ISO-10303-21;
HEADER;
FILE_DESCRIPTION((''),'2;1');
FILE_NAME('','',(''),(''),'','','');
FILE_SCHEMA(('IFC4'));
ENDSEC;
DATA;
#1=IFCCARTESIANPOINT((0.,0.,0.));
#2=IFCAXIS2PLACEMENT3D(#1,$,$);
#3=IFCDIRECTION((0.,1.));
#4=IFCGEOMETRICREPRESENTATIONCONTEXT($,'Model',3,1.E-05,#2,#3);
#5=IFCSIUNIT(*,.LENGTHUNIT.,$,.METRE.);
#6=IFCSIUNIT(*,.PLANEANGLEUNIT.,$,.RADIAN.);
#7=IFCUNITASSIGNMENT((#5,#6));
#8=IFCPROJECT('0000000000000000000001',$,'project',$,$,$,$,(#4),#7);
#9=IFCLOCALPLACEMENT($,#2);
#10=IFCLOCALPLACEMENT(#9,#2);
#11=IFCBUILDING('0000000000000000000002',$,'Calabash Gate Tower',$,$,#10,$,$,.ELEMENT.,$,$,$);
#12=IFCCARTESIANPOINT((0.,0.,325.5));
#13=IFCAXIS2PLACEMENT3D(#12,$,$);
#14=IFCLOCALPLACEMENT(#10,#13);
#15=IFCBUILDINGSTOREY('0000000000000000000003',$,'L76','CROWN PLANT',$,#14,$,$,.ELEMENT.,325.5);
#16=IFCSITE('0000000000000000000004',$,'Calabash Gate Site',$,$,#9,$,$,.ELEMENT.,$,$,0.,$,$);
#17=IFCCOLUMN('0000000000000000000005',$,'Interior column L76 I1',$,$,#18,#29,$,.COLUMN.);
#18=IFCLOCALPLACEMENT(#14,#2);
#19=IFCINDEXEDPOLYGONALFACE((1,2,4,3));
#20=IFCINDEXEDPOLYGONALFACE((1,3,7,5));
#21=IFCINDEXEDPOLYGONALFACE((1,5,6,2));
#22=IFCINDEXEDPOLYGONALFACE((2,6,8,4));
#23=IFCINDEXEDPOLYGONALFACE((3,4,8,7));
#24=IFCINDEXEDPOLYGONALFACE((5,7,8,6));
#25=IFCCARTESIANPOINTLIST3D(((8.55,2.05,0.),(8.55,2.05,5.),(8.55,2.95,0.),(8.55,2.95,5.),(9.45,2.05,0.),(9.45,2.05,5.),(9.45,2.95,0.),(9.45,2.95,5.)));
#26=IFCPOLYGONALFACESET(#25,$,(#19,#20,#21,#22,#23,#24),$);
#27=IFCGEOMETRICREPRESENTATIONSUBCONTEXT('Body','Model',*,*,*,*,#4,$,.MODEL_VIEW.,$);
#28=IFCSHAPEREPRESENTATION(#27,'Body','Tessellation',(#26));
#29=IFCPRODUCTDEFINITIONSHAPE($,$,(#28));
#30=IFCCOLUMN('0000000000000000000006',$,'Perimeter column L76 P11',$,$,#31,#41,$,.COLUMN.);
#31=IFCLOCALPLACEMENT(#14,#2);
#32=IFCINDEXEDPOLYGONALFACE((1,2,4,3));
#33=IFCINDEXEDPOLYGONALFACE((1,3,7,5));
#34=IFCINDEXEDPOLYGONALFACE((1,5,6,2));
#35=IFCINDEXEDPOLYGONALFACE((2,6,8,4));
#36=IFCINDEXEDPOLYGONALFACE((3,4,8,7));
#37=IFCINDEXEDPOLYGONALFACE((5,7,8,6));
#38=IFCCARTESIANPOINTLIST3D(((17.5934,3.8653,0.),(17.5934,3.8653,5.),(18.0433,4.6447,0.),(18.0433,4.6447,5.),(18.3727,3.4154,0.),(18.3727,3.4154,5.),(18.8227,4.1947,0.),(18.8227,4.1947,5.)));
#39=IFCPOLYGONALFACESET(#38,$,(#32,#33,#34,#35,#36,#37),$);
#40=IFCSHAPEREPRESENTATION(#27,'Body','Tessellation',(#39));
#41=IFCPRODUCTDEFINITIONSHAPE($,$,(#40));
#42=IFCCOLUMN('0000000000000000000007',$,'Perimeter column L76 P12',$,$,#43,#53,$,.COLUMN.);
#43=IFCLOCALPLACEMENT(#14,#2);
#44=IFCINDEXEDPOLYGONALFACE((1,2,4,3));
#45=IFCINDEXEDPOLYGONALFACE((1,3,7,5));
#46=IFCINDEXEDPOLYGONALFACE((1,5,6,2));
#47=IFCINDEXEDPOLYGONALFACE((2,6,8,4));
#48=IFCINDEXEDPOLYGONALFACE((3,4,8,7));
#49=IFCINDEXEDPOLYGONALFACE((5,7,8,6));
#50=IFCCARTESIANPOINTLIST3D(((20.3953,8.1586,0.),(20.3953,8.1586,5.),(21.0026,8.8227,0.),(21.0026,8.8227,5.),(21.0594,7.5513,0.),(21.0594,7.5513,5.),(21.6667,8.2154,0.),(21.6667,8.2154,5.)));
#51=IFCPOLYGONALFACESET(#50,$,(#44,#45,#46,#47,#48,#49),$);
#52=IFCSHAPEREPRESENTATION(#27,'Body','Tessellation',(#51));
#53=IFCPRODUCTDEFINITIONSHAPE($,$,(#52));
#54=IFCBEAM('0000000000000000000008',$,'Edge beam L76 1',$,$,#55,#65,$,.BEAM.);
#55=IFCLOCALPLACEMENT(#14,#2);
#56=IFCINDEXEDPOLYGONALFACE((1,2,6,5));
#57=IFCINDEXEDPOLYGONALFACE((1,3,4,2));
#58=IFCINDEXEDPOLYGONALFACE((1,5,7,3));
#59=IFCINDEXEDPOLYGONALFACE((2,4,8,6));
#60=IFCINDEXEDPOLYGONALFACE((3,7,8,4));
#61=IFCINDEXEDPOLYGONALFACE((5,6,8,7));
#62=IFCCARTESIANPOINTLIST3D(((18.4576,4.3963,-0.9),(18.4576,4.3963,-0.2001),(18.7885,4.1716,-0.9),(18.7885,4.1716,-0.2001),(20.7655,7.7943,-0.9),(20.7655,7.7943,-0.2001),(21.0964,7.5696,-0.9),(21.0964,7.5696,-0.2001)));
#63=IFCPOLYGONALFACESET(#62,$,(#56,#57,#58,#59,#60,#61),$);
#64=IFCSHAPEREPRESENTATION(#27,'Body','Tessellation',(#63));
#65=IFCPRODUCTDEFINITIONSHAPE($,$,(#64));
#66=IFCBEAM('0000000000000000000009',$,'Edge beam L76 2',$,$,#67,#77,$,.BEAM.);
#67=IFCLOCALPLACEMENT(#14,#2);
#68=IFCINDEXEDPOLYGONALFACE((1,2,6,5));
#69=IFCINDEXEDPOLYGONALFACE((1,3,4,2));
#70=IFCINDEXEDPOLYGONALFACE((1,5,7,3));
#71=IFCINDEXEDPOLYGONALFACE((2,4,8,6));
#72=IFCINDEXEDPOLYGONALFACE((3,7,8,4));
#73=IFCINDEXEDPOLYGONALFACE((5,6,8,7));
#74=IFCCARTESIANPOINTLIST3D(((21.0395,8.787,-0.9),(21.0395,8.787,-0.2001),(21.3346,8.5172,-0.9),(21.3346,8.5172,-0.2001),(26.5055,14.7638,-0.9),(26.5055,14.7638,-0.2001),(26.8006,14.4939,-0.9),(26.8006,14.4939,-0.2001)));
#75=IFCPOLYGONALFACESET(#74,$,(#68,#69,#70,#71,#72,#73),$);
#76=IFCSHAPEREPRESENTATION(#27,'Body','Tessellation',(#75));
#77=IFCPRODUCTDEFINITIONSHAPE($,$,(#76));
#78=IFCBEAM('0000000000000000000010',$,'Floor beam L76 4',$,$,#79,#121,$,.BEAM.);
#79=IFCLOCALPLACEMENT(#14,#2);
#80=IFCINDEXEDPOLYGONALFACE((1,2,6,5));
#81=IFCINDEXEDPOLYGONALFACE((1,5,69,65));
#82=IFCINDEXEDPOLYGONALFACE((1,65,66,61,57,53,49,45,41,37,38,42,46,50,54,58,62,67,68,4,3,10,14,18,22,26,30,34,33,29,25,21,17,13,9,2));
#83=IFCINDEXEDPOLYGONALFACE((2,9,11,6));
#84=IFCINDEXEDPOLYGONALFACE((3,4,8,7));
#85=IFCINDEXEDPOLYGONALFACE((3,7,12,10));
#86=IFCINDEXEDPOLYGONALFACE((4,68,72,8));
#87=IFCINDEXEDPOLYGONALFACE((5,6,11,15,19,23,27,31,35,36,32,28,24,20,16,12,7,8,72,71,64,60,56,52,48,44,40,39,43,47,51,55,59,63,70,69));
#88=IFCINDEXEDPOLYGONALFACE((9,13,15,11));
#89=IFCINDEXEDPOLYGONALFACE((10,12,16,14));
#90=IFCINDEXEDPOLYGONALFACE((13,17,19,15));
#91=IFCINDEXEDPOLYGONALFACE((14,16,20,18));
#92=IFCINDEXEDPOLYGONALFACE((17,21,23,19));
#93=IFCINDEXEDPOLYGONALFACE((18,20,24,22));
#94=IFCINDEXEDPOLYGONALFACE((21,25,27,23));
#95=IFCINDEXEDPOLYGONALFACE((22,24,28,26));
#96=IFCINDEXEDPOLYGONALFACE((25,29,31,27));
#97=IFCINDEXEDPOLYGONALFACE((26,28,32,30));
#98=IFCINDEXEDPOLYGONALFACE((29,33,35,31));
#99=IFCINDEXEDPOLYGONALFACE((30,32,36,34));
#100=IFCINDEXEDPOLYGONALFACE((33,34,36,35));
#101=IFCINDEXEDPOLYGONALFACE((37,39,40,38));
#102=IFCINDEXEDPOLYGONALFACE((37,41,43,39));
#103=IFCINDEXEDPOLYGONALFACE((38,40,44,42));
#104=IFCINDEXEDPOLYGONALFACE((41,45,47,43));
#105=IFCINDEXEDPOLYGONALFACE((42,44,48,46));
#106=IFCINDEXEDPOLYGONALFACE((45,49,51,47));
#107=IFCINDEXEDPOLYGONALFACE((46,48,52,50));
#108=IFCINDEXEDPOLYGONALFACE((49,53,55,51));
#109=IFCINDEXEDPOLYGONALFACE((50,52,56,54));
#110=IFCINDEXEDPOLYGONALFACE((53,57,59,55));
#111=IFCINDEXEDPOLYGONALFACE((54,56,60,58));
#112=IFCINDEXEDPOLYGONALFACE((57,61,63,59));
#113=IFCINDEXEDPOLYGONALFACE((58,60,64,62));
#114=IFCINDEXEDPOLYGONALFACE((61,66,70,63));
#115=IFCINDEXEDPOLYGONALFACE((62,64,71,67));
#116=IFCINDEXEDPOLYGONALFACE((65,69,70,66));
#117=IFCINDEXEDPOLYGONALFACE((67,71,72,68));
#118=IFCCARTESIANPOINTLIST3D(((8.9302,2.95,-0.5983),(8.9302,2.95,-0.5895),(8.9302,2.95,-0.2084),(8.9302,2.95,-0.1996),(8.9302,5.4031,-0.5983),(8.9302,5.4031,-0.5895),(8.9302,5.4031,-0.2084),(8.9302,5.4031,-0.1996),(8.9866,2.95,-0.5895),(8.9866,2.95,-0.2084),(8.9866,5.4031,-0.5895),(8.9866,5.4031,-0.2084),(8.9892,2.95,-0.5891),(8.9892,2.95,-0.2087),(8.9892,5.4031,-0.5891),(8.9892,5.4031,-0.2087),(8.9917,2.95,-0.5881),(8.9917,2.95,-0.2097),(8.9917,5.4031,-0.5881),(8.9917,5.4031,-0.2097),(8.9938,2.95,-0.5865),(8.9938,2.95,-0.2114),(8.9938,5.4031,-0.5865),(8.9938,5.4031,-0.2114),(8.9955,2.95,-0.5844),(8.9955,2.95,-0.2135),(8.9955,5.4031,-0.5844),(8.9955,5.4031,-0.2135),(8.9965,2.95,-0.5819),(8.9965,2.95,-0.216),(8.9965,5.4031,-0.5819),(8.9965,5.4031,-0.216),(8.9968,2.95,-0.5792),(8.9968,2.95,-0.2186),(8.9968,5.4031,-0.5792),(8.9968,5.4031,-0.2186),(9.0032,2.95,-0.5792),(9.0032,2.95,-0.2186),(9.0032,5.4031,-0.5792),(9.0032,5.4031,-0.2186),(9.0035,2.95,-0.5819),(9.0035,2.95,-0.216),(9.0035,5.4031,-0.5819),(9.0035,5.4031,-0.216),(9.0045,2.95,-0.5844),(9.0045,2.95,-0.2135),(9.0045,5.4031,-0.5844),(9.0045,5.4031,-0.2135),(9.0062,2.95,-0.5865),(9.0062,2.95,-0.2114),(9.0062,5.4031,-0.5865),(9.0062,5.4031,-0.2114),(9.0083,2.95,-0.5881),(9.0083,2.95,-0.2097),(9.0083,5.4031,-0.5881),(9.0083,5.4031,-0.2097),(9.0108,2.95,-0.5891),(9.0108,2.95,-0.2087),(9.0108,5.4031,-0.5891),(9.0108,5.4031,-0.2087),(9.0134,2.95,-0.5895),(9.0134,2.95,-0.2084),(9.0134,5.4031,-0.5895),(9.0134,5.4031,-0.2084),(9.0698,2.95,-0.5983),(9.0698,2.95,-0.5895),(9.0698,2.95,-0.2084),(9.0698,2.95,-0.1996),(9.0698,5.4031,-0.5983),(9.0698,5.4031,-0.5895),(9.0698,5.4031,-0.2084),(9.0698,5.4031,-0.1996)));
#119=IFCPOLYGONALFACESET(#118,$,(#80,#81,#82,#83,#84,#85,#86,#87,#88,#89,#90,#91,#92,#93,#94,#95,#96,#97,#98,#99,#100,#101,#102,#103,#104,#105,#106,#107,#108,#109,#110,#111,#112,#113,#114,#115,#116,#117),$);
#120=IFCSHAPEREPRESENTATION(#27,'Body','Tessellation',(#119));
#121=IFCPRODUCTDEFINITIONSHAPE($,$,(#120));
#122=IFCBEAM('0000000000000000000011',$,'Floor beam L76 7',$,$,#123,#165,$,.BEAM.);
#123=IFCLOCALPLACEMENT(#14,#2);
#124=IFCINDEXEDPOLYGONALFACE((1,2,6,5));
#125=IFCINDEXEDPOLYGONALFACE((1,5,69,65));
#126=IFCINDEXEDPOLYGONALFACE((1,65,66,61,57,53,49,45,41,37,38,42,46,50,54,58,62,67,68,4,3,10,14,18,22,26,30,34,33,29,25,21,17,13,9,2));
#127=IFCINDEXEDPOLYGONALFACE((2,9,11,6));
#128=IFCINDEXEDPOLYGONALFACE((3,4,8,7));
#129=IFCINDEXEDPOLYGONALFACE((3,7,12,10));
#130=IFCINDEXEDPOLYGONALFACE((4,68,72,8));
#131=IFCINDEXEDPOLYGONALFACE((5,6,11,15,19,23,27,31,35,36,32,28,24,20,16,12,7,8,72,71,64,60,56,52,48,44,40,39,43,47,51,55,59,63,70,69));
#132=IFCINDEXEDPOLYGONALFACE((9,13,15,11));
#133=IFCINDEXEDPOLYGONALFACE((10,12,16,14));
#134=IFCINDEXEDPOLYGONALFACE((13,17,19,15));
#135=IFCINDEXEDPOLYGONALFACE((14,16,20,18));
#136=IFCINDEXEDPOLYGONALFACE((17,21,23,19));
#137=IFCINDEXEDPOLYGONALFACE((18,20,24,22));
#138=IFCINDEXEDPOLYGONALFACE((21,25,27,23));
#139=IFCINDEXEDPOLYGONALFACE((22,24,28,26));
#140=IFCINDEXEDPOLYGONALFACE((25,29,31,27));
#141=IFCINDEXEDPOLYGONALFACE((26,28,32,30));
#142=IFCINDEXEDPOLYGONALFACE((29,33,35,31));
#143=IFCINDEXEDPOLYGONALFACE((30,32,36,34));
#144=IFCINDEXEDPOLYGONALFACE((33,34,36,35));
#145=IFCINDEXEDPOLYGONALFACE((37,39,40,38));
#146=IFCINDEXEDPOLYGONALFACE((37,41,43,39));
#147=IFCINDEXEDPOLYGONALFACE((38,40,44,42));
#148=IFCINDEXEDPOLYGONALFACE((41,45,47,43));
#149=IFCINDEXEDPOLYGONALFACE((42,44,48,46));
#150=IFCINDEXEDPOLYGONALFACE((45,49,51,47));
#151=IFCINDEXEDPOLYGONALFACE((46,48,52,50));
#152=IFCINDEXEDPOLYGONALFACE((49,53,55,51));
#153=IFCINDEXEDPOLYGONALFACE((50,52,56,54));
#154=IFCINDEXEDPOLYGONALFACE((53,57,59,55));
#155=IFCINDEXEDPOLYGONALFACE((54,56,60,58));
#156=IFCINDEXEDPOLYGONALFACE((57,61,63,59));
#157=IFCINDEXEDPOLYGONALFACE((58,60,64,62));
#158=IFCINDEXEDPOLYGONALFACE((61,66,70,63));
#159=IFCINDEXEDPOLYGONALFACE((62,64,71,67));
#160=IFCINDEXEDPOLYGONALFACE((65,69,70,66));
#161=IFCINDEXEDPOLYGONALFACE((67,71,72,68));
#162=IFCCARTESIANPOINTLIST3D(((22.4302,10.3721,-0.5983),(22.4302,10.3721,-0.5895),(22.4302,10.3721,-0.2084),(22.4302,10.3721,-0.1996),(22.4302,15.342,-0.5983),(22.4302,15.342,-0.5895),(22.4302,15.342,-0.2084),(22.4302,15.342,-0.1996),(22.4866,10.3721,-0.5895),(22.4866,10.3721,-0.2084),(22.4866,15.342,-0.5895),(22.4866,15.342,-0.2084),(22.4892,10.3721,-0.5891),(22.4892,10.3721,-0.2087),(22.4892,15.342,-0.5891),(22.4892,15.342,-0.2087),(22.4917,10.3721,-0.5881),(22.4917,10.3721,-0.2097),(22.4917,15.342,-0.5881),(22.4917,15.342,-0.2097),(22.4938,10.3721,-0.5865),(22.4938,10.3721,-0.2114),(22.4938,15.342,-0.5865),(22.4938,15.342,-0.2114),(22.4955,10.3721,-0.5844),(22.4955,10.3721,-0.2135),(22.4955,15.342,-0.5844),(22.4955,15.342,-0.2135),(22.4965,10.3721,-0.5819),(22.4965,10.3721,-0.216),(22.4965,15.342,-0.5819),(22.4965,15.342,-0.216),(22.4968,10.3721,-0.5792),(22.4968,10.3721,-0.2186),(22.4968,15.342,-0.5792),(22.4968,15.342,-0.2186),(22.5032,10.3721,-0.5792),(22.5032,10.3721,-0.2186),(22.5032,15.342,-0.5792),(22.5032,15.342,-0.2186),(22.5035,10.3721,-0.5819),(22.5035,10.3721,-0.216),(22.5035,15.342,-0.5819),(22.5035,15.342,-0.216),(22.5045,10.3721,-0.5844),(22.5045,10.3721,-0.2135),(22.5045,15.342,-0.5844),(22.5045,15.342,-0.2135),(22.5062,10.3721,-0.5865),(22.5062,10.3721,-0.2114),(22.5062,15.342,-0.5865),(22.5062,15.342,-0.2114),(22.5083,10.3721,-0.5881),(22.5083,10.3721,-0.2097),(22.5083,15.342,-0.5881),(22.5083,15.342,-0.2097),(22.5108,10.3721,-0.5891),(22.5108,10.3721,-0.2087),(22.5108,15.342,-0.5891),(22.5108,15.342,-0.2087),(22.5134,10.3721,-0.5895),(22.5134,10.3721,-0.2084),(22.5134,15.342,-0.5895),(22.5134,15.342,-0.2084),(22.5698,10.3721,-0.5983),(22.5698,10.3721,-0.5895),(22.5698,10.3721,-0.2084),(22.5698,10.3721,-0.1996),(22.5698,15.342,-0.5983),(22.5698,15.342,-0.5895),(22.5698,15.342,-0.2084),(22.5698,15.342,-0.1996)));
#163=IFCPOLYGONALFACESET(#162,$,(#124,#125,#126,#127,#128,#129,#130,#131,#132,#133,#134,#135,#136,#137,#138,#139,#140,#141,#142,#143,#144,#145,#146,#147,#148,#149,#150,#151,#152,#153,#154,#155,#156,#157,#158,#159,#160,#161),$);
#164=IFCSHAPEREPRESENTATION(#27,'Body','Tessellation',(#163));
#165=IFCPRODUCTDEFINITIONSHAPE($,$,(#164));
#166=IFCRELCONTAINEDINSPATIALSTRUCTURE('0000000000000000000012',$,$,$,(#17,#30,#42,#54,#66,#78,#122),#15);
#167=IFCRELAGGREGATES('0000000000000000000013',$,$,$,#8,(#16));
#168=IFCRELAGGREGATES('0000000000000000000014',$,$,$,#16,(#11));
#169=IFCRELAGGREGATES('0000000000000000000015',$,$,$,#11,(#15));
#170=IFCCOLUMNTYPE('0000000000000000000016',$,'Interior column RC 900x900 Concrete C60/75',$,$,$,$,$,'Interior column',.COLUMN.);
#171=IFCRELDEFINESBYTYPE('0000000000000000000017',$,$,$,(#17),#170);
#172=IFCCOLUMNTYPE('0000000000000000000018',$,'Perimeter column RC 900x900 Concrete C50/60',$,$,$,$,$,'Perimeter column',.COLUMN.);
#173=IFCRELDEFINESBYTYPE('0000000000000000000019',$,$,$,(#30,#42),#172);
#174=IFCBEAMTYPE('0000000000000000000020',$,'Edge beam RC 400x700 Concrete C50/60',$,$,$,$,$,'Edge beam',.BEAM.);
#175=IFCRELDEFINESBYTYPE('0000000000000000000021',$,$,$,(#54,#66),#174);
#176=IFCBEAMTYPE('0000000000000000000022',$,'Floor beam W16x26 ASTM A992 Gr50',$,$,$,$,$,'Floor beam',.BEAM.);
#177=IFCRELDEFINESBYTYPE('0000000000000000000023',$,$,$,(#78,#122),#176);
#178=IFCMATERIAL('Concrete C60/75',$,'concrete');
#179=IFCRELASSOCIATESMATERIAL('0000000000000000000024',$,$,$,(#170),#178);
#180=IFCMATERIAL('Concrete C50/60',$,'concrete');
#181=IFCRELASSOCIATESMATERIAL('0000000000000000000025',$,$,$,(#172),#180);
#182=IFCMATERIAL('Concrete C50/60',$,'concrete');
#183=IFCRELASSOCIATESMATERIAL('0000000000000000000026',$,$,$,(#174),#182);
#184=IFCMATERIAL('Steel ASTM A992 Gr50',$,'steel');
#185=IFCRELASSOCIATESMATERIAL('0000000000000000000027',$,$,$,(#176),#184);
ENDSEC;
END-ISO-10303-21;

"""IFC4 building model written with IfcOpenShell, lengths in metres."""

from ifc_helpers import new_model, si_unit, direction, frame, origin, origin_2d, place, context, subcontext, project, spatial, rectangle, i_section, extrude, material, material_profile, profile_set, type_object, element, save


model = new_model("IFC4")

# Units and contexts
model_context = context("Model", 3, precision=1e-05, world=origin(), true_north=direction((0.0, 1.0)))
body_context = subcontext(model_context, "Body", "Model", "MODEL_VIEW")
ifc_project = project(units=[si_unit("LENGTHUNIT", "METRE"), si_unit("PLANEANGLEUNIT", "RADIAN")], contexts=[model_context])

# Site, building, storey
site_placement = place(None, origin())
site = spatial("IfcSite", under=ifc_project, at=site_placement, Name="Calabash Gate Site", CompositionType="ELEMENT", RefElevation=0.0)
building_placement = place(site_placement, origin())
building = spatial("IfcBuilding", under=site, at=building_placement, Name="Calabash Gate Tower", CompositionType="ELEMENT")
storey_placement = place(building_placement, frame((0.0, 0.0, 325.5)))
storey = spatial("IfcBuildingStorey", under=building, at=storey_placement, Name="L76", Description="CROWN PLANT", CompositionType="ELEMENT", Elevation=325.5)

# Columns
ifc_material_1 = material(Name="Concrete C60/75", Category="concrete")
ifc_material_profile_1 = material_profile(ifc_material_1, rectangle(XDim=0.8999, YDim=0.8999, at=origin_2d()))
ifc_profile_set_1 = profile_set([ifc_material_profile_1], Name="Concrete C60/75")
column_type_1 = type_object("IfcColumnType", Name="Interior column RC 900x900 Concrete C60/75", ElementType="Interior column", PredefinedType="COLUMN", material=ifc_profile_set_1)
column_placement = place(storey_placement, frame((9.0, 2.5, 0.0), z_axis=(0.0, 0.0, 1.0), x_axis=(1.0, 0.0, 0.0)))
element("IfcColumn", 1, at=column_placement, inside=storey, type_object=column_type_1, Name="Interior column L76 I1", PredefinedType="COLUMN", context=body_context, shape_type="SweptSolid", body=[
    extrude(rectangle(XDim=0.8999, YDim=0.8999, at=origin_2d()), origin(), (0.0, 0.0, 1.0), 5.0),
])
ifc_material_2 = material(Name="Concrete C50/60", Category="concrete")
ifc_material_profile_2 = material_profile(ifc_material_2, rectangle(XDim=0.8999, YDim=0.8999, at=origin_2d()))
ifc_profile_set_2 = profile_set([ifc_material_profile_2], Name="Concrete C50/60")
column_type_2 = type_object("IfcColumnType", Name="Perimeter column RC 900x900 Concrete C50/60", ElementType="Perimeter column", PredefinedType="COLUMN", material=ifc_profile_set_2)
for number, where, z_axis, x_axis, name in (
    (2, (18.208, 4.03, 0.0), (0.0, 0.0, 1.0), (0.5, 0.866025, 0.0), "Perimeter column L76 P11"),
    (3, (21.031, 8.187, 0.0), (0.0, 0.0, 1.0), (0.674856, 0.737949, 0.0), "Perimeter column L76 P12"),
):
    element("IfcColumn", number, at=place(storey_placement, frame(where, z_axis=z_axis, x_axis=x_axis)), inside=storey, type_object=column_type_2, Name=name, PredefinedType="COLUMN", context=body_context, shape_type="SweptSolid", body=[
        extrude(rectangle(XDim=0.8999, YDim=0.8999, at=origin_2d()), origin(), (0.0, 0.0, 1.0), 5.0),
    ])

# Beams
ifc_material_3 = material(Name="Concrete C50/60", Category="concrete")
ifc_material_profile_3 = material_profile(ifc_material_3, rectangle(XDim=0.3999, YDim=0.7, at=origin_2d()))
ifc_profile_set_3 = profile_set([ifc_material_profile_3], Name="Concrete C50/60")
beam_type_1 = type_object("IfcBeamType", Name="Edge beam RC 400x700 Concrete C50/60", ElementType="Edge beam", PredefinedType="BEAM", material=ifc_profile_set_3)
beam_1_placement = place(storey_placement, frame((18.623, 4.2839, -0.55), z_axis=(0.561853, 0.827237, 0.0), x_axis=(-0.827237, 0.561853, 0.0)))
element("IfcBeam", 4, at=beam_1_placement, inside=storey, type_object=beam_type_1, Name="Edge beam L76 1", PredefinedType="BEAM", context=body_context, shape_type="SweptSolid", body=[
    extrude(rectangle(XDim=0.3999, YDim=0.7, at=origin_2d()), origin(), (0.0, 0.0, 1.0), 4.1077),
])
beam_2_placement = place(storey_placement, frame((21.187, 8.6521, -0.55), z_axis=(0.674874, 0.737933, 0.0), x_axis=(-0.737933, 0.674874, 0.0)))
element("IfcBeam", 5, at=beam_2_placement, inside=storey, type_object=beam_type_1, Name="Edge beam L76 2", PredefinedType="BEAM", context=body_context, shape_type="SweptSolid", body=[
    extrude(rectangle(XDim=0.3999, YDim=0.7, at=origin_2d()), origin(), (0.0, 0.0, 1.0), 8.0994),
])
ifc_material_4 = material(Name="Steel ASTM A992 Gr50", Category="steel")
ifc_material_profile_4 = material_profile(ifc_material_4, i_section(OverallWidth=0.1396, OverallDepth=0.3987, WebThickness=0.0063, FlangeThickness=0.0088, FilletRadius=0.0103, at=origin_2d()))
ifc_profile_set_4 = profile_set([ifc_material_profile_4], Name="Steel ASTM A992 Gr50")
beam_type_2 = type_object("IfcBeamType", Name="Floor beam W16x26 ASTM A992 Gr50", ElementType="Floor beam", PredefinedType="BEAM", material=ifc_profile_set_4)
beam_3_placement = place(storey_placement, frame((9.0, 2.95, -0.3989), z_axis=(0.0, 1.0, 0.0), x_axis=(-1.0, 0.0, 0.0)))
element("IfcBeam", 6, at=beam_3_placement, inside=storey, type_object=beam_type_2, Name="Floor beam L76 4", PredefinedType="BEAM", context=body_context, shape_type="SweptSolid", body=[
    extrude(i_section(OverallWidth=0.1396, OverallDepth=0.3987, WebThickness=0.0063, FlangeThickness=0.0088, FilletRadius=0.0103, at=origin_2d()), origin(), (0.0, 0.0, 1.0), 2.4531),
])
beam_4_placement = place(storey_placement, frame((22.5, 10.3721, -0.3989), z_axis=(0.0, 1.0, 0.0), x_axis=(-1.0, 0.0, 0.0)))
element("IfcBeam", 7, at=beam_4_placement, inside=storey, type_object=beam_type_2, Name="Floor beam L76 7", PredefinedType="BEAM", context=body_context, shape_type="SweptSolid", body=[
    extrude(i_section(OverallWidth=0.1396, OverallDepth=0.3987, WebThickness=0.0063, FlangeThickness=0.0088, FilletRadius=0.0103, at=origin_2d()), origin(), (0.0, 0.0, 1.0), 4.97),
])

save(model, "model.ifc")
